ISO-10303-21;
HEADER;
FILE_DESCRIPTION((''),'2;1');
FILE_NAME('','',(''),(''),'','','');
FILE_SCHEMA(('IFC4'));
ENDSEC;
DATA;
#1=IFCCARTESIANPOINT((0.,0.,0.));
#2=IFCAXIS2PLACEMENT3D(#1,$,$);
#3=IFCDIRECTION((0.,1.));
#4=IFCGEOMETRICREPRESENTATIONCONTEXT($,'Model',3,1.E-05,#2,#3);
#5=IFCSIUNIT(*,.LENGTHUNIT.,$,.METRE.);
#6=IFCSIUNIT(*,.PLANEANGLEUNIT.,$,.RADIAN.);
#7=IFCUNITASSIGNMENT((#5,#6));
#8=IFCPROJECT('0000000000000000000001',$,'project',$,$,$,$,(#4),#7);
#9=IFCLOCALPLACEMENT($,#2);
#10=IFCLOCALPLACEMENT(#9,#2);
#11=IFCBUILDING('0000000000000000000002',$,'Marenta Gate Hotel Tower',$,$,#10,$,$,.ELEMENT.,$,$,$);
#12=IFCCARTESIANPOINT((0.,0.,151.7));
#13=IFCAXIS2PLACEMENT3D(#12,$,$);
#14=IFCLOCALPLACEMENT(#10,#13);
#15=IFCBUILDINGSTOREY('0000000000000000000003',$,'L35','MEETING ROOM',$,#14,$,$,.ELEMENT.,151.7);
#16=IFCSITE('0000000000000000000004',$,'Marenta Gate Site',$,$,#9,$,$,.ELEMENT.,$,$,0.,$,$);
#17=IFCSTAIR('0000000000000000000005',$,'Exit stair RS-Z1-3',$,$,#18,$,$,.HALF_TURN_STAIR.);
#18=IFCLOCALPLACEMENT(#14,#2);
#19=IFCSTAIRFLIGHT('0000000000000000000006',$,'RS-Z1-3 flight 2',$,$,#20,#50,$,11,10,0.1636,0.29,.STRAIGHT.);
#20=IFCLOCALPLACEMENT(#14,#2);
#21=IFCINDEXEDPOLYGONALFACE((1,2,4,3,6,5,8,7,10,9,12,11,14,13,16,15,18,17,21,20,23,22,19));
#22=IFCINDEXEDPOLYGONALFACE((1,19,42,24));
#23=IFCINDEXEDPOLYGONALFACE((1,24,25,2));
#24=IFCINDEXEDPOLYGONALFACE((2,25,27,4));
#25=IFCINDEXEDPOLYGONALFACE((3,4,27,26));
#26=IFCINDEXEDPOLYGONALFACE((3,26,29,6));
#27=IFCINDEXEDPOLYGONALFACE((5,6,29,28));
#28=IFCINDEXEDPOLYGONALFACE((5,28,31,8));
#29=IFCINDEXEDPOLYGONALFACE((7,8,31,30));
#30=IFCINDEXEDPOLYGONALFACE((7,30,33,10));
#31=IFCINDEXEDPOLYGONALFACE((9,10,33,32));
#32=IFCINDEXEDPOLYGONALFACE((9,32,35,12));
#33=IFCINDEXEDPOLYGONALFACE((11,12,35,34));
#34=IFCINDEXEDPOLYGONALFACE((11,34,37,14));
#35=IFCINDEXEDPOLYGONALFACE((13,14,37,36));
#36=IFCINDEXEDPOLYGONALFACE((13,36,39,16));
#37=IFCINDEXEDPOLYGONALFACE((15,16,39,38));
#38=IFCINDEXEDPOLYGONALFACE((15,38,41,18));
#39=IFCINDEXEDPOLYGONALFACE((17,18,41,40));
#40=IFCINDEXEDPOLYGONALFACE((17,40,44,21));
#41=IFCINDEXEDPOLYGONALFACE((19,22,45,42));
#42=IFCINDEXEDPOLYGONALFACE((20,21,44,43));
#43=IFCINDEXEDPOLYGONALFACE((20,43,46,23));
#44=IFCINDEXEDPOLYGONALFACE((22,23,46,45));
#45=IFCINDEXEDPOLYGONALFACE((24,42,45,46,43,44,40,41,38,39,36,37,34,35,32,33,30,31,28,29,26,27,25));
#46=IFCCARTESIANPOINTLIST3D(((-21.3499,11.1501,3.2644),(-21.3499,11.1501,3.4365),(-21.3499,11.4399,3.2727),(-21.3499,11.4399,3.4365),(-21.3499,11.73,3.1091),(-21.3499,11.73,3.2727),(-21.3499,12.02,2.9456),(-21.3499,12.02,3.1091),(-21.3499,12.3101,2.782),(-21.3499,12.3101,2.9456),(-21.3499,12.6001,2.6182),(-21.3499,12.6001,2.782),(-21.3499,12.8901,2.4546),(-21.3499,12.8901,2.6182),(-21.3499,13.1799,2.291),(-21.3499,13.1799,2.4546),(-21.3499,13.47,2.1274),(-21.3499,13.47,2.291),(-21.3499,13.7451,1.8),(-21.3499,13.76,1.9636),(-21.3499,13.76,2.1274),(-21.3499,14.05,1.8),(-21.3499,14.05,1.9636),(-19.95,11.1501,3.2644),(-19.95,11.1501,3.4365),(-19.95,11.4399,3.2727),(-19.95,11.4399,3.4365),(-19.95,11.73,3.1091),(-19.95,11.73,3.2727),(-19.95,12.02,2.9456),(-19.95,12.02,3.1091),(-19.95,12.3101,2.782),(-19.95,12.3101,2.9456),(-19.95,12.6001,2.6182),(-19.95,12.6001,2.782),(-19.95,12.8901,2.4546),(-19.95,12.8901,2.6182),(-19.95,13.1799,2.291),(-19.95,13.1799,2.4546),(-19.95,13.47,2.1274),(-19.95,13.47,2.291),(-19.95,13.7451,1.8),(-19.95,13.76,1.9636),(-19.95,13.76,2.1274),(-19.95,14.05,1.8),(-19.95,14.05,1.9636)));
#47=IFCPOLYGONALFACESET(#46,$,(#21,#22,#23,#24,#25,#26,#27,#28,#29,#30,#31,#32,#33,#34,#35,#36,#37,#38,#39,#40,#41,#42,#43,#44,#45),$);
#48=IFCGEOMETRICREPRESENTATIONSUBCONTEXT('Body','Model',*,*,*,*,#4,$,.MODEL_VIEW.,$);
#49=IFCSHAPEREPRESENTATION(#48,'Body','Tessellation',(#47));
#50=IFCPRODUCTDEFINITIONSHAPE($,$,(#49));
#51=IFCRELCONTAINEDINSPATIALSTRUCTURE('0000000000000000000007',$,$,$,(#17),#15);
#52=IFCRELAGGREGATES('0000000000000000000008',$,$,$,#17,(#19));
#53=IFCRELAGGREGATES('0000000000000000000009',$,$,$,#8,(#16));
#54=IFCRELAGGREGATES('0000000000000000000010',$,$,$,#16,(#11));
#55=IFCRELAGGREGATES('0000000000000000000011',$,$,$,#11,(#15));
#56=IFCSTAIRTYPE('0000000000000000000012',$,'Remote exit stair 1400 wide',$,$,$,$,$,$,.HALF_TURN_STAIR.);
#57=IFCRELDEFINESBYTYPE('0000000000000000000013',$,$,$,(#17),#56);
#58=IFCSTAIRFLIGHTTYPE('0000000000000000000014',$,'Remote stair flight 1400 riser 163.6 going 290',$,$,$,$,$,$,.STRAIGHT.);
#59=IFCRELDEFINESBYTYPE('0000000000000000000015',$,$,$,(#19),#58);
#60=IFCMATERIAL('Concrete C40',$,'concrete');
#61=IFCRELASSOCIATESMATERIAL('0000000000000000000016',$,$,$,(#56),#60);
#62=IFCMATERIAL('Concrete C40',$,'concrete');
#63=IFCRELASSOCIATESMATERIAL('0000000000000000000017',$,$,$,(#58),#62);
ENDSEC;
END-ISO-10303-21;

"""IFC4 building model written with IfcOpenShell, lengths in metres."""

from ifc_helpers import new_model, si_unit, direction, frame, origin, place, context, subcontext, project, spatial, polyline, outline, extrude, material, type_object, element, aggregate, save


model = new_model("IFC4")

# Units and contexts
model_context = context("Model", 3, precision=1e-05, world=origin(), true_north=direction((0.0, 1.0)))
body_context = subcontext(model_context, "Body", "Model", "MODEL_VIEW")
ifc_project = project(units=[si_unit("LENGTHUNIT", "METRE"), si_unit("PLANEANGLEUNIT", "RADIAN")], contexts=[model_context])

# Site, building, storey
site_placement = place(None, origin())
site = spatial("IfcSite", under=ifc_project, at=site_placement, Name="Marenta Gate Site", CompositionType="ELEMENT", RefElevation=0.0)
building_placement = place(site_placement, origin())
building = spatial("IfcBuilding", under=site, at=building_placement, Name="Marenta Gate Hotel Tower", CompositionType="ELEMENT")
storey_placement = place(building_placement, frame((0.0, 0.0, 151.7)))
storey = spatial("IfcBuildingStorey", under=building, at=storey_placement, Name="L35", Description="MEETING ROOM", CompositionType="ELEMENT", Elevation=151.7)

# Stair, stair flight
ifc_material_1 = material(Name="Concrete C40", Category="concrete")
stair_type = type_object("IfcStairType", Name="Remote exit stair 1400 wide", PredefinedType="HALF_TURN_STAIR", material=ifc_material_1)
stair_placement = place(storey_placement, origin())
stair = element("IfcStair", 1, at=stair_placement, inside=storey, type_object=stair_type, Name="Exit stair RS-Z1-3", PredefinedType="HALF_TURN_STAIR")
ifc_material_2 = material(Name="Concrete C40", Category="concrete")
stair_flight_type = type_object("IfcStairFlightType", Name="Remote stair flight 1400 riser 163.6 going 290", PredefinedType="STRAIGHT", material=ifc_material_2)
stair_flight_placement = place(storey_placement, frame((-20.6499, 14.05, 1.8), z_axis=(0.0, 0.0, 1.0), x_axis=(0.0, -1.0, 0.0)))
stair_flight = element("IfcStairFlight", 2, at=stair_flight_placement, type_object=stair_flight_type, Name="RS-Z1-3 flight 2", NumberOfRisers=11, NumberOfTreads=10, PredefinedType="STRAIGHT", RiserHeight=0.1636, TreadLength=0.29, context=body_context, shape_type="SweptSolid", body=[
    extrude(outline(polyline([(0.0, 0.0), (0.0, 0.1636), (0.29, 0.1636), (0.29, 0.3274), (0.5801, 0.3274), (0.5801, 0.491), (0.8701, 0.491), (0.8701, 0.6545), (1.1599, 0.6545), (1.1599, 0.8181), (1.45, 0.8181), (1.45, 0.9819), (1.74, 0.9819), (1.74, 1.1455), (2.03, 1.1455), (2.03, 1.3091), (2.3201, 1.3091), (2.3201, 1.4727), (2.6101, 1.4727), (2.6101, 1.6365), (2.8999, 1.6365), (2.8999, 1.8), (2.8999, 1.4644), (0.3049, 0.0), (0.0, 0.0)])), frame((0.0, 0.7, 0.0), z_axis=(0.0, -1.0, 0.0), x_axis=(1.0, 0.0, 0.0)), (0.0, 0.0, 1.0), 1.3999),
])
aggregate(stair, [stair_flight])

save(model, "model.ifc")
